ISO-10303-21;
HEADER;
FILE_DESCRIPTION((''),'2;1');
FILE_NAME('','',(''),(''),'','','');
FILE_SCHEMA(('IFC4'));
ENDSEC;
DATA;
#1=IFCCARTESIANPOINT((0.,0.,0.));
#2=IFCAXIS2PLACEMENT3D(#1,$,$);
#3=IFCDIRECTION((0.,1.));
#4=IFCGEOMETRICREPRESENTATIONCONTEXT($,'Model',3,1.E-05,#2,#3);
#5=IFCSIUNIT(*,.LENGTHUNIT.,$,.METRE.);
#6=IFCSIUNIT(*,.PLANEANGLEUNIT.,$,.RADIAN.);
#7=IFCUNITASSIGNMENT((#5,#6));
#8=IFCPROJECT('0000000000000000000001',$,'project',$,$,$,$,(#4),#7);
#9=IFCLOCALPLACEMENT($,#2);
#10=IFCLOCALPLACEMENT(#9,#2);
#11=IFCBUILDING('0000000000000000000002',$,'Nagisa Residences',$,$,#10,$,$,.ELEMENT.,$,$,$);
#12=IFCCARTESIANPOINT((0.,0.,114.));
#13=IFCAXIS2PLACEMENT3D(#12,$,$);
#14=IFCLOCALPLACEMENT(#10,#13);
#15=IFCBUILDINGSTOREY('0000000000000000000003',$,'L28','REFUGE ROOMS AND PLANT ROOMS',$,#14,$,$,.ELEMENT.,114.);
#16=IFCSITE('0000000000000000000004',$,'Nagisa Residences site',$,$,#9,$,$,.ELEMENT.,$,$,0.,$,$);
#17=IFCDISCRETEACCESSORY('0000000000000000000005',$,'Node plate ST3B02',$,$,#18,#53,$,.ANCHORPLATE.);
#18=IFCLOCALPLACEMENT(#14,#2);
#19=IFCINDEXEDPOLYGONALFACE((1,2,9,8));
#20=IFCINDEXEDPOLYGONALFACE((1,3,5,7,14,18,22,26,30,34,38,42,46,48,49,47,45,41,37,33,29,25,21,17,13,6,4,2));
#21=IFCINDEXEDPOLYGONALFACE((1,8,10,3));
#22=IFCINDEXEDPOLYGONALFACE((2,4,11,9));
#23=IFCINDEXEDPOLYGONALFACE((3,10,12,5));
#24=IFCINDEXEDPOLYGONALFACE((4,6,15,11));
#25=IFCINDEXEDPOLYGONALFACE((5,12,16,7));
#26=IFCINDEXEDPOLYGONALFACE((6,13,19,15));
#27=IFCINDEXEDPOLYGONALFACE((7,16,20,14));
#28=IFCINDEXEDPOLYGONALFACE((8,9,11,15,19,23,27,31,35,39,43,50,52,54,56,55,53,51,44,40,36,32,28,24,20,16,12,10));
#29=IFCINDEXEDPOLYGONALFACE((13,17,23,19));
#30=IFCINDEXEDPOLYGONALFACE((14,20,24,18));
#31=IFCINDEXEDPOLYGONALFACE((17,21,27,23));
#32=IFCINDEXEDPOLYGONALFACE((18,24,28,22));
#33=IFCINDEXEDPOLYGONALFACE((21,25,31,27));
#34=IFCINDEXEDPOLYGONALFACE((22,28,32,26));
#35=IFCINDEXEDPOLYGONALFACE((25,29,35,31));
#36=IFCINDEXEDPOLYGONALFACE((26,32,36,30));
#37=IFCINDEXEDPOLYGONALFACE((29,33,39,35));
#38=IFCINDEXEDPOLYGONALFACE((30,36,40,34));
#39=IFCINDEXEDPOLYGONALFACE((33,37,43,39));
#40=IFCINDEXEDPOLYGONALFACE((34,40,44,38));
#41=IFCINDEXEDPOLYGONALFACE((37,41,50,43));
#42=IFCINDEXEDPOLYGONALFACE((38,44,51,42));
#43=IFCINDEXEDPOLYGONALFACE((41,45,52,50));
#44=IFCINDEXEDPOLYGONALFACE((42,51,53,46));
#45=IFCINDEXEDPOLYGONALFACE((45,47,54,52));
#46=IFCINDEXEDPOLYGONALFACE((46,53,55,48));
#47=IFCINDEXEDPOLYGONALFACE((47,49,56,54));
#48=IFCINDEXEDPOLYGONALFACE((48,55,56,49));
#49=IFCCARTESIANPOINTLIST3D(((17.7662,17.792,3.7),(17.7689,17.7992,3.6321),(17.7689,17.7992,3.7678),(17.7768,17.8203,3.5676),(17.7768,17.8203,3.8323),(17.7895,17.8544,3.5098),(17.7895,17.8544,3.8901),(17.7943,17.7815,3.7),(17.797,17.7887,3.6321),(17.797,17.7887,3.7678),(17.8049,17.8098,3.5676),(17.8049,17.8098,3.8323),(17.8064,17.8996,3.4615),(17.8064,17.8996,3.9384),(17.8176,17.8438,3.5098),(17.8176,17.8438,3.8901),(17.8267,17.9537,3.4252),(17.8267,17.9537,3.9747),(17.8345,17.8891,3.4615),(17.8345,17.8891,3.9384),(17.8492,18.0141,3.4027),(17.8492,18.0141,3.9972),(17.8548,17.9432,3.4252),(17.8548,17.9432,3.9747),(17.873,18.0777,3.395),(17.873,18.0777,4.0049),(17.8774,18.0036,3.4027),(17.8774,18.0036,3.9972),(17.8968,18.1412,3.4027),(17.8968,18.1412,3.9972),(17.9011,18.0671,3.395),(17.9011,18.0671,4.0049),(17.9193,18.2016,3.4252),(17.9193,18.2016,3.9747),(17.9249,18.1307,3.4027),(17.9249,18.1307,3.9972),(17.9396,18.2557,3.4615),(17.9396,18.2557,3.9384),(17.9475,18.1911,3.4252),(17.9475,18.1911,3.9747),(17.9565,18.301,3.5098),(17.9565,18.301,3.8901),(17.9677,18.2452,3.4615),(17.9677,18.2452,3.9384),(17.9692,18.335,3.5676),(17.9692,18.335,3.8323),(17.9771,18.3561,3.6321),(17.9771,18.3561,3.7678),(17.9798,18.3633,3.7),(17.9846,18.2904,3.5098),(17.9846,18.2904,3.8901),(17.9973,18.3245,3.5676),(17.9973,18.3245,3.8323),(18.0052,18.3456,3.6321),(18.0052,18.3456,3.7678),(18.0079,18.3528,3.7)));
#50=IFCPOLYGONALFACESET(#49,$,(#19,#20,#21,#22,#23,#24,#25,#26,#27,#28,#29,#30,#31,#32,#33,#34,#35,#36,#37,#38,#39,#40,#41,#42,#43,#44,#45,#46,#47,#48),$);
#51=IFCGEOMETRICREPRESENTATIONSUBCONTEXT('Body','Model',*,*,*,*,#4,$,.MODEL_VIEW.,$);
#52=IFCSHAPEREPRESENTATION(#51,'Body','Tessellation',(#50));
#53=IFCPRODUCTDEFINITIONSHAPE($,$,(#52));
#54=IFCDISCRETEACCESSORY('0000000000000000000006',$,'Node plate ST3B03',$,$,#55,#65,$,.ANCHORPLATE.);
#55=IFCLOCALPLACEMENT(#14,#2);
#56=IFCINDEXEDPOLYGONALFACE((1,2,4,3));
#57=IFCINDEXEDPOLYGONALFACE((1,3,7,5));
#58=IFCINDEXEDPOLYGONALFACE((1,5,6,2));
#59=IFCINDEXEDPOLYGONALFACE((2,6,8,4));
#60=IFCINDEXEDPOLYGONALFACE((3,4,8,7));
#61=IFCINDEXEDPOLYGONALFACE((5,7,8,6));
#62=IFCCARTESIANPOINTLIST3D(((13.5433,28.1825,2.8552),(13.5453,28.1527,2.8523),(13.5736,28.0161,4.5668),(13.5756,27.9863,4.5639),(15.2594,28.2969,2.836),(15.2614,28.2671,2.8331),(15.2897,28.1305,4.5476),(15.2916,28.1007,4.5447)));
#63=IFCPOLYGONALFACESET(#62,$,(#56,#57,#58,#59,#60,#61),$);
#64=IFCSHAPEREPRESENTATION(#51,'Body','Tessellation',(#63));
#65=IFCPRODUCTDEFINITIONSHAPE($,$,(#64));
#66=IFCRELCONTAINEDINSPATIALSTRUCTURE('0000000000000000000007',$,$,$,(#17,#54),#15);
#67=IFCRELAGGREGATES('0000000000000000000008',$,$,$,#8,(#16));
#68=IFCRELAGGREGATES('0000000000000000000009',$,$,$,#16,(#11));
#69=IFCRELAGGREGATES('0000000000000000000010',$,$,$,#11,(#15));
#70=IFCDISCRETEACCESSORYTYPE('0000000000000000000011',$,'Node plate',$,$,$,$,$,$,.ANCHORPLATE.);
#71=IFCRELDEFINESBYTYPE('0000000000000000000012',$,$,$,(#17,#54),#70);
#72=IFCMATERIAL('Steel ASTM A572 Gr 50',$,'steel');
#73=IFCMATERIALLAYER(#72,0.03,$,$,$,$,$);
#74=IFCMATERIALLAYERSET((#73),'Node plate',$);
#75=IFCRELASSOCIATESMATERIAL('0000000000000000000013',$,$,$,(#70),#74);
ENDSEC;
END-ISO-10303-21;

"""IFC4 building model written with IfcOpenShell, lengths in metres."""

from ifc_helpers import new_model, si_unit, direction, frame, origin, origin_2d, place, context, subcontext, project, spatial, rectangle, circle, extrude, material, layer, layer_set, type_object, element, save


model = new_model("IFC4")

# Units and contexts
model_context = context("Model", 3, precision=1e-05, world=origin(), true_north=direction((0.0, 1.0)))
body_context = subcontext(model_context, "Body", "Model", "MODEL_VIEW")
ifc_project = project(units=[si_unit("LENGTHUNIT", "METRE"), si_unit("PLANEANGLEUNIT", "RADIAN")], contexts=[model_context])

# Site, building, storey
site_placement = place(None, origin())
site = spatial("IfcSite", under=ifc_project, at=site_placement, Name="Nagisa Residences site", CompositionType="ELEMENT", RefElevation=0.0)
building_placement = place(site_placement, origin())
building = spatial("IfcBuilding", under=site, at=building_placement, Name="Nagisa Residences", CompositionType="ELEMENT")
storey_placement = place(building_placement, frame((0.0, 0.0, 114.0)))
storey = spatial("IfcBuildingStorey", under=building, at=storey_placement, Name="L28", Description="REFUGE ROOMS AND PLANT ROOMS", CompositionType="ELEMENT", Elevation=114.0)

# Discrete accessories
ifc_material_1 = material(Name="Steel ASTM A572 Gr 50", Category="steel")
ifc_layer_1 = layer(ifc_material_1, 0.03)
ifc_layer_set_1 = layer_set([ifc_layer_1], Name="Node plate")
discrete_accessory_type_1 = type_object("IfcDiscreteAccessoryType", Name="Node plate", PredefinedType="ANCHORPLATE", material=ifc_layer_set_1)
discrete_accessory_1_placement = place(storey_placement, frame((17.9011, 18.0671, 3.7), z_axis=(-0.936663, 0.350231, 0.0), x_axis=(-0.350231, -0.936663, 0.0)))
element("IfcDiscreteAccessory", 1, at=discrete_accessory_1_placement, inside=storey, type_object=discrete_accessory_type_1, Name="Node plate ST3B02", PredefinedType="ANCHORPLATE", context=body_context, shape_type="SweptSolid", body=[
    extrude(circle(Radius=0.3049, at=origin_2d()), origin(), (0.0, 0.0, 1.0), 0.03),
])
discrete_accessory_2_placement = place(storey_placement, frame((14.4165, 28.1565, 3.7014), z_axis=(0.06512, -0.993085, -0.09768), x_axis=(-0.997722, -0.066523, 0.011171)))
element("IfcDiscreteAccessory", 2, at=discrete_accessory_2_placement, inside=storey, type_object=discrete_accessory_type_1, Name="Node plate ST3B03", PredefinedType="ANCHORPLATE", context=body_context, shape_type="SweptSolid", body=[
    extrude(rectangle(XDim=1.72, YDim=1.72, at=origin_2d()), origin(), (0.0, 0.0, 1.0), 0.03),
])

save(model, "model.ifc")
